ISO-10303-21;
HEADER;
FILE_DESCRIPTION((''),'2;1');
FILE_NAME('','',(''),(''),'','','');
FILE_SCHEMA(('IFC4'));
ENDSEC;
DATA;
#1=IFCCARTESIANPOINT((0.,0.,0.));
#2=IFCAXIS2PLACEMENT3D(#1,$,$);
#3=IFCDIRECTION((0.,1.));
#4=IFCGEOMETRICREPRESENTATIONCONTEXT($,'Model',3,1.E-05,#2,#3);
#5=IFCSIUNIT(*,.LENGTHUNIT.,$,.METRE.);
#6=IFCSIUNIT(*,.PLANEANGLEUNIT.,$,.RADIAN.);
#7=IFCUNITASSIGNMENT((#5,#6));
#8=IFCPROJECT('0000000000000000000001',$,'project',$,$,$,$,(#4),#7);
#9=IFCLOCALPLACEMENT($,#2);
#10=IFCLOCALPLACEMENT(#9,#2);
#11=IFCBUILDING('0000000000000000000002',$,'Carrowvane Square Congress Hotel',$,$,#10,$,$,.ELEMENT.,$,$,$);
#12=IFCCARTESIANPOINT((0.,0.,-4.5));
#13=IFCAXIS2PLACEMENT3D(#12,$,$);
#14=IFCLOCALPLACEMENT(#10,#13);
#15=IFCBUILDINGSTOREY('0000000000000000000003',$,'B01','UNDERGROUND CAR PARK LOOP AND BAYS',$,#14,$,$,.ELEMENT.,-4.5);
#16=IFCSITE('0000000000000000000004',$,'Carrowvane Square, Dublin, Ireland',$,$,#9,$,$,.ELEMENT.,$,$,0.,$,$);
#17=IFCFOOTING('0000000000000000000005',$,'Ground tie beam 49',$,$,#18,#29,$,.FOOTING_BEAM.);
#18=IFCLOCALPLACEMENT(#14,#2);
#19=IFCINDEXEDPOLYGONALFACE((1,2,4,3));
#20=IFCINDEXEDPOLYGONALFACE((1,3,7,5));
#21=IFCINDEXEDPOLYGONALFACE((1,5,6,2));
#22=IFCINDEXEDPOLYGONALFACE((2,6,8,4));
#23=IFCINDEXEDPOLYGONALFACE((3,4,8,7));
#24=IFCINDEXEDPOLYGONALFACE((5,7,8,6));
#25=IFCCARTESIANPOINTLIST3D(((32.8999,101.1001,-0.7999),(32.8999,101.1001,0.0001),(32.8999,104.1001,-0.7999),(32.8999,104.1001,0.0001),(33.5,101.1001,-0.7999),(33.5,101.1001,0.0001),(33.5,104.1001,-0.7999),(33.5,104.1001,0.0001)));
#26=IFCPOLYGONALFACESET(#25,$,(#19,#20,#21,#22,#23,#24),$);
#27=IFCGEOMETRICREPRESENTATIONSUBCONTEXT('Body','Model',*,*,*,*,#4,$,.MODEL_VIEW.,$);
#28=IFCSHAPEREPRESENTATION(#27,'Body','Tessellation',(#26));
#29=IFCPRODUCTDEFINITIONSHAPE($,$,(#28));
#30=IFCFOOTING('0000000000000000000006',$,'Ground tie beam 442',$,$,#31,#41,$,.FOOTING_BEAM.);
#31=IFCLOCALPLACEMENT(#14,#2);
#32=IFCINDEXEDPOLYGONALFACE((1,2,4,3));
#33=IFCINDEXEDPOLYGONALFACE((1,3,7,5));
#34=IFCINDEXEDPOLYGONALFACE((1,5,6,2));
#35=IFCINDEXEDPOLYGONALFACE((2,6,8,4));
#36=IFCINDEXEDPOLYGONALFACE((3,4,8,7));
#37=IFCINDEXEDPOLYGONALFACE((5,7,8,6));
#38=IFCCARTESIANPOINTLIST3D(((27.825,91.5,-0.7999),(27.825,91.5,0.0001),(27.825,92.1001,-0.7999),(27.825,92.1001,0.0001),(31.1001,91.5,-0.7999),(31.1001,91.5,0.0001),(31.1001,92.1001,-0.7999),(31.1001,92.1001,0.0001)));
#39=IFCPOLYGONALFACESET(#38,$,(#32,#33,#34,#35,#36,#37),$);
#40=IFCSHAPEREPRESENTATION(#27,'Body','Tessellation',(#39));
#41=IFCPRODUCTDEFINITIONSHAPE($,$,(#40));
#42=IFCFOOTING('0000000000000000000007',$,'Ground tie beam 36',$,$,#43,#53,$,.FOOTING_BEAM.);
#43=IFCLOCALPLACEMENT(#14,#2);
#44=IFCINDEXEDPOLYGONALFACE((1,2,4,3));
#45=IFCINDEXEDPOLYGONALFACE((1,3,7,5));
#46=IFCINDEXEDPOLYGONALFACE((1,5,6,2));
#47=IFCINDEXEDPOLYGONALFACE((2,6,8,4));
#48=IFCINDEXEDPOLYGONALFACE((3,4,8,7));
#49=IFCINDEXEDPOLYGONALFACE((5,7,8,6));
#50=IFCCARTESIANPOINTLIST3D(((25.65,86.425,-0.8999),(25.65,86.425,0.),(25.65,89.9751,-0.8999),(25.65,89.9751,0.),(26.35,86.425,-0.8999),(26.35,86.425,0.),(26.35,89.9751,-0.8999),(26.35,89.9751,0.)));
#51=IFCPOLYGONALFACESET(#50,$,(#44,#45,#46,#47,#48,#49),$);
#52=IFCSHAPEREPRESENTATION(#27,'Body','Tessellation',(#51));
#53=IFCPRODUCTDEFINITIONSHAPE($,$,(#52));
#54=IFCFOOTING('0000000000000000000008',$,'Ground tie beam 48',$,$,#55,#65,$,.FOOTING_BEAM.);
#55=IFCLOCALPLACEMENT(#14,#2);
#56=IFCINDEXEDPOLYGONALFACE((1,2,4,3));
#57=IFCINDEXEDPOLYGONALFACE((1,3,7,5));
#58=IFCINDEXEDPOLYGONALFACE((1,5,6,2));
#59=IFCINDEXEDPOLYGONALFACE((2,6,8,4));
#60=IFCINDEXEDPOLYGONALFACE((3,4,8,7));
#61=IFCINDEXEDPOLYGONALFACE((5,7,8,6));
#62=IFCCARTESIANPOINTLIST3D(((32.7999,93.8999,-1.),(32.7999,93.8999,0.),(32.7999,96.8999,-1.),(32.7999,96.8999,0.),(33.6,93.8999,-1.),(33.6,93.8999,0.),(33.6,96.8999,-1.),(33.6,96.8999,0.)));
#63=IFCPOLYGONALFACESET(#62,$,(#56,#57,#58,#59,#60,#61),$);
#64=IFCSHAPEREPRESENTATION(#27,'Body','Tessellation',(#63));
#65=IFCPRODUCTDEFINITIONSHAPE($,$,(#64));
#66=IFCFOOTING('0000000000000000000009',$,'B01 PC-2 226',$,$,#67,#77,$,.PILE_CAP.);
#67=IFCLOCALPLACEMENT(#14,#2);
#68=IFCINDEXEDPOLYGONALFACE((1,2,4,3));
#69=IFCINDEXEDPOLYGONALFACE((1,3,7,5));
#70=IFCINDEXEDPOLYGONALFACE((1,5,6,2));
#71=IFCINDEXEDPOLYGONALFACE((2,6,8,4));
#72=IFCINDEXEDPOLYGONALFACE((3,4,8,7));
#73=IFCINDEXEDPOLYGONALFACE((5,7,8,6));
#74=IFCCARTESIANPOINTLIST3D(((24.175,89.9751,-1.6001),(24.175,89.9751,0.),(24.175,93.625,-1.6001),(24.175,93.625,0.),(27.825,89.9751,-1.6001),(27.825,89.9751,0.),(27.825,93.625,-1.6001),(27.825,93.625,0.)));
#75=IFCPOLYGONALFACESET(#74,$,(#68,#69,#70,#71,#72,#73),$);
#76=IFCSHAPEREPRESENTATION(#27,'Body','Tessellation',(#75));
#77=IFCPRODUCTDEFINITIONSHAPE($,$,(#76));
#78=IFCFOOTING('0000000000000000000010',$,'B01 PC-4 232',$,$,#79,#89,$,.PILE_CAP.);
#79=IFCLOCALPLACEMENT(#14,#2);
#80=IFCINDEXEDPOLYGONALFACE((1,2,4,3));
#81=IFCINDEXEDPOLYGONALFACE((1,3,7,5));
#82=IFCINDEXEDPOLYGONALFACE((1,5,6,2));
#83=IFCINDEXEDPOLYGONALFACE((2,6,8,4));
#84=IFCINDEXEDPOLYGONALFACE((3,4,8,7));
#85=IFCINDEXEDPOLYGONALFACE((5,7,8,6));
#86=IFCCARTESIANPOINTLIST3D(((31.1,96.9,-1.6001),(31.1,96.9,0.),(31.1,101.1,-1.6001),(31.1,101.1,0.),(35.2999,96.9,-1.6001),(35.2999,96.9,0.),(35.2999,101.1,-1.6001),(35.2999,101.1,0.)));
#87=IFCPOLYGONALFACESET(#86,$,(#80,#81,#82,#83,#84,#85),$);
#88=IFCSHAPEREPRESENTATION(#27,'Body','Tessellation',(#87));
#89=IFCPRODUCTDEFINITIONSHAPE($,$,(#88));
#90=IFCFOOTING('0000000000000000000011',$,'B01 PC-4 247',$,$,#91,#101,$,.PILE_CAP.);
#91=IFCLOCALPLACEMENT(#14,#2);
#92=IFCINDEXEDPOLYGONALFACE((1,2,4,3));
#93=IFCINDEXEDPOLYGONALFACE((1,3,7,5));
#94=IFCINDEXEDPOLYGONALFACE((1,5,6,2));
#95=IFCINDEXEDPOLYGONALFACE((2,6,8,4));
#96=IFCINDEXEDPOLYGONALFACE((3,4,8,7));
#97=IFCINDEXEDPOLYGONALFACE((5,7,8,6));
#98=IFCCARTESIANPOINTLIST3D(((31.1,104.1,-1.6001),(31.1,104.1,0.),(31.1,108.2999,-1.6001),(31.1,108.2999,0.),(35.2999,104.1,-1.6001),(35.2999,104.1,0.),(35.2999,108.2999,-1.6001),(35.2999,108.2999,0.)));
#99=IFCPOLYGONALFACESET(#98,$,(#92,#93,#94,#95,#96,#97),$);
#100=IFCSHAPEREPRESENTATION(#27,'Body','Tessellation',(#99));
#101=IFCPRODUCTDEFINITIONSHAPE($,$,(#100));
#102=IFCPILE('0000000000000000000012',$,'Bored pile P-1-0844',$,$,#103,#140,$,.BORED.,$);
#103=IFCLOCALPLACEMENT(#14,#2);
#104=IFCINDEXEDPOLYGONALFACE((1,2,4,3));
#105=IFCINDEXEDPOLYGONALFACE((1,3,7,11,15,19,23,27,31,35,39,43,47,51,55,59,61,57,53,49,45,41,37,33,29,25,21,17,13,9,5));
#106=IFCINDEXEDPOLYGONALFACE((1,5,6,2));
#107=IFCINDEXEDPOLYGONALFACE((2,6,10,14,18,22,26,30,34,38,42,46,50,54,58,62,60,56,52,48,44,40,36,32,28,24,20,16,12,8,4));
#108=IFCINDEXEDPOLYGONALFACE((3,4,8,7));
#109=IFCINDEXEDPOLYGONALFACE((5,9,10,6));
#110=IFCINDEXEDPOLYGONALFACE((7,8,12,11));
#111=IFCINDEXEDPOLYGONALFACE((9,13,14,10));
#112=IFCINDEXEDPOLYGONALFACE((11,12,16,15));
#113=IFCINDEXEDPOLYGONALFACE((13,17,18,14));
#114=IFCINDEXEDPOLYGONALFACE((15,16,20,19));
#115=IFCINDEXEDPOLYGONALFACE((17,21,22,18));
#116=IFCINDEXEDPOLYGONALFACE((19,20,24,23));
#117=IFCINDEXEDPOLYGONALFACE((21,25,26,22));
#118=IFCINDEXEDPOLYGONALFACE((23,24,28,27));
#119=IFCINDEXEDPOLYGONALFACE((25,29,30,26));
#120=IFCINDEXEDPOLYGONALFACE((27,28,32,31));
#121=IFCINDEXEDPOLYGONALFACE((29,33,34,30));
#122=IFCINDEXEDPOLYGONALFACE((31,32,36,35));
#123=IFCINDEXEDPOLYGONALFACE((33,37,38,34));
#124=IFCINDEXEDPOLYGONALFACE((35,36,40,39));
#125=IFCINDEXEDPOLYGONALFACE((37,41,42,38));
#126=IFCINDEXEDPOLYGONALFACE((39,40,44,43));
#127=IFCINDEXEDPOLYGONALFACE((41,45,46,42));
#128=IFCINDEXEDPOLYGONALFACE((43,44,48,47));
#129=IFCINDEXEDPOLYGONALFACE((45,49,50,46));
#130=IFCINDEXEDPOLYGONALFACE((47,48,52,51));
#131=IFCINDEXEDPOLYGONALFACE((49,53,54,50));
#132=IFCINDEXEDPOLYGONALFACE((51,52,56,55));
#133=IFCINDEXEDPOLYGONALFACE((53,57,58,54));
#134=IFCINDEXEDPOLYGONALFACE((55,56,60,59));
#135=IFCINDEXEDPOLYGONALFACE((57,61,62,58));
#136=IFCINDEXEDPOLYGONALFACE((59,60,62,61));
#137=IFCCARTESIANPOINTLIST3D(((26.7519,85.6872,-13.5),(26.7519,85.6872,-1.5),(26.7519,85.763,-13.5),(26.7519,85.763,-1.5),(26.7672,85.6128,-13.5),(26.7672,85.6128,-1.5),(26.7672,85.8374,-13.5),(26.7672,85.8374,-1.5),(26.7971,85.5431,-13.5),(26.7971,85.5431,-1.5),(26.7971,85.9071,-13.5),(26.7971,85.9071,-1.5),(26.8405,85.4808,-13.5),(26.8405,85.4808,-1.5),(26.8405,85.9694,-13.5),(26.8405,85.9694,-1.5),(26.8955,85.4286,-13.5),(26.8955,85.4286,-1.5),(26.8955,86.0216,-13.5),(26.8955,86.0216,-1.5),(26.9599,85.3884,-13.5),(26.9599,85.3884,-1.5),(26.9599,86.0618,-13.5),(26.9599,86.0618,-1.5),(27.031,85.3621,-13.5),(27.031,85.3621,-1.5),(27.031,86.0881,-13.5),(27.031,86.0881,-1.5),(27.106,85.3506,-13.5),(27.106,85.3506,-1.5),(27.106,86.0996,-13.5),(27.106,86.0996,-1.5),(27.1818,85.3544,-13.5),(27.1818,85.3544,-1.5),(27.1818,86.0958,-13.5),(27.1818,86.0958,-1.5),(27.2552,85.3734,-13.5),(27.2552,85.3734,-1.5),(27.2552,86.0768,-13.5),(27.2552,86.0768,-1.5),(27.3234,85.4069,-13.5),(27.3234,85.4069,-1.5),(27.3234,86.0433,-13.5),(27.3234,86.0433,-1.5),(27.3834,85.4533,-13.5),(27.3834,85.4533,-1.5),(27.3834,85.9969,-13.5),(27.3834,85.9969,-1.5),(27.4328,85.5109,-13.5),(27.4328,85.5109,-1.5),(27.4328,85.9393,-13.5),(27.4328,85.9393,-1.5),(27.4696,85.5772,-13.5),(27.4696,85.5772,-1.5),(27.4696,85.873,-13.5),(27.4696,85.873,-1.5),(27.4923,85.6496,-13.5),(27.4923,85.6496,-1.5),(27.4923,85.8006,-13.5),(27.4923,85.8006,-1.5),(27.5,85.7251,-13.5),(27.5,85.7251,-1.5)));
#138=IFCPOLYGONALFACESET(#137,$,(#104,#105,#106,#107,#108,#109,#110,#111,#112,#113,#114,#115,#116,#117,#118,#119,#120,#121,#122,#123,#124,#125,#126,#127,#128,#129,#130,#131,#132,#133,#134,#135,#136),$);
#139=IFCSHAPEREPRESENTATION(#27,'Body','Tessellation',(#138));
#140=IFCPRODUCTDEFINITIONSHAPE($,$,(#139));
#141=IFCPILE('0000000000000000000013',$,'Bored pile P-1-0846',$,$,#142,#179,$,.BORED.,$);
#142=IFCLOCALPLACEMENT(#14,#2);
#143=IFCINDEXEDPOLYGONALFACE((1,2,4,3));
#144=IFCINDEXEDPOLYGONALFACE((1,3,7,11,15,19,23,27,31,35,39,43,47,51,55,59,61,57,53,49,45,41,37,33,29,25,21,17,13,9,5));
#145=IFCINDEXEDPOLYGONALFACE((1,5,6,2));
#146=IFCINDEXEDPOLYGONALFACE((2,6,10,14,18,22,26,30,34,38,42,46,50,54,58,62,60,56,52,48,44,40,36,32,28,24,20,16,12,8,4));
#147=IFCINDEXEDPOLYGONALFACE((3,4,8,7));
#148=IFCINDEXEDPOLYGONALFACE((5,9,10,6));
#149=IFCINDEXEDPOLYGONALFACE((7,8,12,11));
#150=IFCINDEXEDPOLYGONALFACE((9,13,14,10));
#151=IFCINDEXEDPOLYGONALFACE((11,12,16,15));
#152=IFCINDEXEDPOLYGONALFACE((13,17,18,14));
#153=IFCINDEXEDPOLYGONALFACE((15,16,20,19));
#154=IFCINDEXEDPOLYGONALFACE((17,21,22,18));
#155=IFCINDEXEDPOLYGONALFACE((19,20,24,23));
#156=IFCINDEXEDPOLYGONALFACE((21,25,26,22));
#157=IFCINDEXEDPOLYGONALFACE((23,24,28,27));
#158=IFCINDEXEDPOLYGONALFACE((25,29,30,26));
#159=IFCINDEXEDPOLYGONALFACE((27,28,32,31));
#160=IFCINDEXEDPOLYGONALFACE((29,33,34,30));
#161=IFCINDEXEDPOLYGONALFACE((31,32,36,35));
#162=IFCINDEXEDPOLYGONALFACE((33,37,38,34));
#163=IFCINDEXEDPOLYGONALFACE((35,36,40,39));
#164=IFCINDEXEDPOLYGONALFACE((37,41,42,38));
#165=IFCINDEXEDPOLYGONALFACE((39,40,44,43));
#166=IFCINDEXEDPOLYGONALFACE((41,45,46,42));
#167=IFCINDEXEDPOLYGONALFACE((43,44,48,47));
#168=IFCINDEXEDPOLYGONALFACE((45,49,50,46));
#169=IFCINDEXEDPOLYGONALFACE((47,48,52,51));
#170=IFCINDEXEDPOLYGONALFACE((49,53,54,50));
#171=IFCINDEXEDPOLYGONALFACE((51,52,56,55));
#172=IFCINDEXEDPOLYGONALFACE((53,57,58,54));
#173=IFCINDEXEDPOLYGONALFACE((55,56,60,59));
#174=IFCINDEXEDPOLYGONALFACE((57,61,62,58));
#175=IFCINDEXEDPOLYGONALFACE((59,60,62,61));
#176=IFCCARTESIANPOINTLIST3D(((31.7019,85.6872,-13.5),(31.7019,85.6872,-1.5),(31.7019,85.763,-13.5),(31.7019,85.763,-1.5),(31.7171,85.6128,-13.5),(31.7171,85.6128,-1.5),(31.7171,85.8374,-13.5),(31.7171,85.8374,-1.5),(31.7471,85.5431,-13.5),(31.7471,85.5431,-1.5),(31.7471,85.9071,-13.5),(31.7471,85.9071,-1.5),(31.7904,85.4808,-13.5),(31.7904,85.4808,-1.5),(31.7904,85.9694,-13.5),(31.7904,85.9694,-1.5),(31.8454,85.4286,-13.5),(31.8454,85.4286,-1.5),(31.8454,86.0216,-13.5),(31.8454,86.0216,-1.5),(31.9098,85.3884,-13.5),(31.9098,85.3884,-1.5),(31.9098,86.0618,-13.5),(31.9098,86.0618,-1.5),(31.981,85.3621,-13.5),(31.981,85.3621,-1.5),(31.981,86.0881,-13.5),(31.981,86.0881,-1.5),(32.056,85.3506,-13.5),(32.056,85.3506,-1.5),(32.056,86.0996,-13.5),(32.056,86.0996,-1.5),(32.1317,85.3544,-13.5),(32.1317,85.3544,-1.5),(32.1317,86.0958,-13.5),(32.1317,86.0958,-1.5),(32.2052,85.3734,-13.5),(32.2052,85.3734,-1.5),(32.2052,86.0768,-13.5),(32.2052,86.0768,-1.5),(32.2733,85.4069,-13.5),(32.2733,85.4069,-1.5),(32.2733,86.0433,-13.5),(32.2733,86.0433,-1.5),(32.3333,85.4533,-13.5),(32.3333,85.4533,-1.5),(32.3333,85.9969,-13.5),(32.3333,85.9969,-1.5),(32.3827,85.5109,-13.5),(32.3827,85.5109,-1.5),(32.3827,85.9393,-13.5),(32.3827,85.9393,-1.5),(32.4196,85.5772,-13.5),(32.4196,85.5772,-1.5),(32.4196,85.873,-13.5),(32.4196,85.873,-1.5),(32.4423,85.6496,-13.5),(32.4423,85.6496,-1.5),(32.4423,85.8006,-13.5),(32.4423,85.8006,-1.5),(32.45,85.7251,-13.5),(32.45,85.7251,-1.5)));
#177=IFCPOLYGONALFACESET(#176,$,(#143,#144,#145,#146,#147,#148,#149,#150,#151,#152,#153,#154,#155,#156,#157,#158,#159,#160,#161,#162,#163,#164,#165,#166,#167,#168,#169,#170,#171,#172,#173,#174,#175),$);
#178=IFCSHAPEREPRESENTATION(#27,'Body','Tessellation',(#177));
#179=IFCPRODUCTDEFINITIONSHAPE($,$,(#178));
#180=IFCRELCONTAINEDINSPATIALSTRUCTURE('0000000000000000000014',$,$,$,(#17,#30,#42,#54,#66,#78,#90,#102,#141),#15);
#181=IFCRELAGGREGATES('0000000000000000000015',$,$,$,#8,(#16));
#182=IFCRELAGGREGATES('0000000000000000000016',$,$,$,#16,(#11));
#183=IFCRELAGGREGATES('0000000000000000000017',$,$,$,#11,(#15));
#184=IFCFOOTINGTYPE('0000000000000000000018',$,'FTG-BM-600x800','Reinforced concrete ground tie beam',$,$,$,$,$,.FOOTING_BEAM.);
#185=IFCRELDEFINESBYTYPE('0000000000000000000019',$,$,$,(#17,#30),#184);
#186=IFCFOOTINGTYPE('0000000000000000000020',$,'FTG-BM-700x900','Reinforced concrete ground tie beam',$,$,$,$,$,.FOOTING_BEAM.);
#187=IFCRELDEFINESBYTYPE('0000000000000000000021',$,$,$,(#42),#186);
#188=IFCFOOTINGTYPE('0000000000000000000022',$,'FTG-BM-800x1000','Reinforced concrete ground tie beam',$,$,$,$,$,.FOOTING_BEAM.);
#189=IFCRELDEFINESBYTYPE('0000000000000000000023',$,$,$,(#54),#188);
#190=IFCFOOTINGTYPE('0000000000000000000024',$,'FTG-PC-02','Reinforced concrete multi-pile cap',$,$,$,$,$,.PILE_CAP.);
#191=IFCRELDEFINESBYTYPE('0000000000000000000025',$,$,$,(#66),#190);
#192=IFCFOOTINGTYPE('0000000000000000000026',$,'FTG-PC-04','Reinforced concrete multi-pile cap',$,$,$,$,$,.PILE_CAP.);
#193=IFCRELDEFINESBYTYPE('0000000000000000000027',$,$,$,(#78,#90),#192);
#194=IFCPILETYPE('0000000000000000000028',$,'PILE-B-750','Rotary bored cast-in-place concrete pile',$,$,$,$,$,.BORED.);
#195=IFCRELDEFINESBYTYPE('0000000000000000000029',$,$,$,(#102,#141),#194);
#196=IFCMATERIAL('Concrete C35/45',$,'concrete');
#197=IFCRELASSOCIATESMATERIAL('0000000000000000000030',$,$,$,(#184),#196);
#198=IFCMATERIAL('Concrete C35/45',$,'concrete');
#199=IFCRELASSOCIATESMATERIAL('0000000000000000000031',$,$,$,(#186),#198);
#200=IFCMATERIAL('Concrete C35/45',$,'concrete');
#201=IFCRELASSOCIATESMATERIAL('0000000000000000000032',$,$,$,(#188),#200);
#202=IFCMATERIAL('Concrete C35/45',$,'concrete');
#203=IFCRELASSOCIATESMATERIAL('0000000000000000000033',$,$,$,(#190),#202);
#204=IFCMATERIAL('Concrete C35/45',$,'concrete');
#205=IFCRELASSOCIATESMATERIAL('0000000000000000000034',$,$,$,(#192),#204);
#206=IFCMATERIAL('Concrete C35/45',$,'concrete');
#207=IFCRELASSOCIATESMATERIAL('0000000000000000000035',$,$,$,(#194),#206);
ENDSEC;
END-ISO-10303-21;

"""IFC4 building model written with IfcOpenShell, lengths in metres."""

from ifc_helpers import new_model, si_unit, direction, frame, origin, origin_2d, place, context, subcontext, project, spatial, rectangle, circle, extrude, material, material_profile, profile_set, type_object, element, save


model = new_model("IFC4")

# Units and contexts
model_context = context("Model", 3, precision=1e-05, world=origin(), true_north=direction((0.0, 1.0)))
body_context = subcontext(model_context, "Body", "Model", "MODEL_VIEW")
ifc_project = project(units=[si_unit("LENGTHUNIT", "METRE"), si_unit("PLANEANGLEUNIT", "RADIAN")], contexts=[model_context])

# Site, building, storey
site_placement = place(None, origin())
site = spatial("IfcSite", under=ifc_project, at=site_placement, Name="Carrowvane Square, Dublin, Ireland", CompositionType="ELEMENT", RefElevation=0.0)
building_placement = place(site_placement, origin())
building = spatial("IfcBuilding", under=site, at=building_placement, Name="Carrowvane Square Congress Hotel", CompositionType="ELEMENT")
storey_placement = place(building_placement, frame((0.0, 0.0, -4.5)))
storey = spatial("IfcBuildingStorey", under=building, at=storey_placement, Name="B01", Description="UNDERGROUND CAR PARK LOOP AND BAYS", CompositionType="ELEMENT", Elevation=-4.5)

# Footings
ifc_material_1 = material(Name="Concrete C35/45", Category="concrete")
ifc_material_profile_1 = material_profile(ifc_material_1, rectangle(XDim=0.6001, YDim=0.8, at=origin_2d()), Name="RC 600x800")
ifc_profile_set_1 = profile_set([ifc_material_profile_1], Name="Concrete C35/45")
footing_type_1 = type_object("IfcFootingType", Name="FTG-BM-600x800", Description="Reinforced concrete ground tie beam", PredefinedType="FOOTING_BEAM", material=ifc_profile_set_1)
footing_1_placement = place(storey_placement, frame((33.2, 101.1001, -0.3999), z_axis=(0.0, 1.0, 0.0), x_axis=(-1.0, 0.0, 0.0)))
element("IfcFooting", 1, at=footing_1_placement, inside=storey, type_object=footing_type_1, Name="Ground tie beam 49", PredefinedType="FOOTING_BEAM", context=body_context, shape_type="SweptSolid", body=[
    extrude(rectangle(XDim=0.6001, YDim=0.8, at=origin_2d()), origin(), (0.0, 0.0, 1.0), 3.0),
])
footing_2_placement = place(storey_placement, frame((27.825, 91.8, -0.3999), z_axis=(1.0, 0.0, 0.0), x_axis=(0.0, 1.0, 0.0)))
element("IfcFooting", 2, at=footing_2_placement, inside=storey, type_object=footing_type_1, Name="Ground tie beam 442", PredefinedType="FOOTING_BEAM", context=body_context, shape_type="SweptSolid", body=[
    extrude(rectangle(XDim=0.6001, YDim=0.8, at=origin_2d()), origin(), (0.0, 0.0, 1.0), 3.2751),
])
ifc_material_2 = material(Name="Concrete C35/45", Category="concrete")
ifc_material_profile_2 = material_profile(ifc_material_2, rectangle(XDim=0.7, YDim=0.8999, at=origin_2d()), Name="RC 700x900")
ifc_profile_set_2 = profile_set([ifc_material_profile_2], Name="Concrete C35/45")
footing_type_2 = type_object("IfcFootingType", Name="FTG-BM-700x900", Description="Reinforced concrete ground tie beam", PredefinedType="FOOTING_BEAM", material=ifc_profile_set_2)
footing_3_placement = place(storey_placement, frame((26.0, 86.425, -0.45), z_axis=(0.0, 1.0, 0.0), x_axis=(-1.0, 0.0, 0.0)))
element("IfcFooting", 3, at=footing_3_placement, inside=storey, type_object=footing_type_2, Name="Ground tie beam 36", PredefinedType="FOOTING_BEAM", context=body_context, shape_type="SweptSolid", body=[
    extrude(rectangle(XDim=0.7, YDim=0.8999, at=origin_2d()), origin(), (0.0, 0.0, 1.0), 3.55),
])
ifc_material_3 = material(Name="Concrete C35/45", Category="concrete")
ifc_material_profile_3 = material_profile(ifc_material_3, rectangle(XDim=0.8, YDim=1.0, at=origin_2d()), Name="RC 800x1000")
ifc_profile_set_3 = profile_set([ifc_material_profile_3], Name="Concrete C35/45")
footing_type_3 = type_object("IfcFootingType", Name="FTG-BM-800x1000", Description="Reinforced concrete ground tie beam", PredefinedType="FOOTING_BEAM", material=ifc_profile_set_3)
footing_4_placement = place(storey_placement, frame((33.2, 93.8999, -0.5), z_axis=(0.0, 1.0, 0.0), x_axis=(-1.0, 0.0, 0.0)))
element("IfcFooting", 4, at=footing_4_placement, inside=storey, type_object=footing_type_3, Name="Ground tie beam 48", PredefinedType="FOOTING_BEAM", context=body_context, shape_type="SweptSolid", body=[
    extrude(rectangle(XDim=0.8, YDim=1.0, at=origin_2d()), origin(), (0.0, 0.0, 1.0), 3.0),
])
ifc_material_4 = material(Name="Concrete C35/45", Category="concrete")
footing_type_4 = type_object("IfcFootingType", Name="FTG-PC-02", Description="Reinforced concrete multi-pile cap", PredefinedType="PILE_CAP", material=ifc_material_4)
footing_5_placement = place(storey_placement, frame((26.0, 91.8, -1.6001), z_axis=(0.0, 0.0, 1.0), x_axis=(1.0, 0.0, 0.0)))
element("IfcFooting", 5, at=footing_5_placement, inside=storey, type_object=footing_type_4, Name="B01 PC-2 226", PredefinedType="PILE_CAP", context=body_context, shape_type="SweptSolid", body=[
    extrude(rectangle(XDim=3.6499, YDim=3.6499, at=origin_2d()), origin(), (0.0, 0.0, 1.0), 1.6001),
])
ifc_material_5 = material(Name="Concrete C35/45", Category="concrete")
footing_type_5 = type_object("IfcFootingType", Name="FTG-PC-04", Description="Reinforced concrete multi-pile cap", PredefinedType="PILE_CAP", material=ifc_material_5)
for number, where, z_axis, x_axis, name in (
    (6, (33.2, 99.0, -1.6001), (0.0, 0.0, 1.0), (1.0, 0.0, 0.0), "B01 PC-4 232"),
    (7, (33.2, 106.2, -1.6001), (0.0, 0.0, 1.0), (1.0, 0.0, 0.0), "B01 PC-4 247"),
):
    element("IfcFooting", number, at=place(storey_placement, frame(where, z_axis=z_axis, x_axis=x_axis)), inside=storey, type_object=footing_type_5, Name=name, PredefinedType="PILE_CAP", context=body_context, shape_type="SweptSolid", body=[
        extrude(rectangle(XDim=4.2, YDim=4.2, at=origin_2d()), origin(), (0.0, 0.0, 1.0), 1.6001),
    ])

# Piles
ifc_material_6 = material(Name="Concrete C35/45", Category="concrete")
ifc_material_profile_4 = material_profile(ifc_material_6, circle(Radius=0.375, at=origin_2d()), Name="PILE D750")
ifc_profile_set_4 = profile_set([ifc_material_profile_4], Name="Concrete C35/45")
pile_type_1 = type_object("IfcPileType", Name="PILE-B-750", Description="Rotary bored cast-in-place concrete pile", PredefinedType="BORED", material=ifc_profile_set_4)
for number, where, z_axis, x_axis, name in (
    (8, (27.125, 85.7251, -1.5), (0.0, 0.0, -1.0), (1.0, 0.0, 0.0), "Bored pile P-1-0844"),
    (9, (32.075, 85.7251, -1.5), (0.0, 0.0, -1.0), (1.0, 0.0, 0.0), "Bored pile P-1-0846"),
):
    element("IfcPile", number, at=place(storey_placement, frame(where, z_axis=z_axis, x_axis=x_axis)), inside=storey, type_object=pile_type_1, Name=name, PredefinedType="BORED", context=body_context, shape_type="SweptSolid", body=[
        extrude(circle(Radius=0.375, at=origin_2d()), origin(), (0.0, 0.0, 1.0), 12.0),
    ])

save(model, "model.ifc")
